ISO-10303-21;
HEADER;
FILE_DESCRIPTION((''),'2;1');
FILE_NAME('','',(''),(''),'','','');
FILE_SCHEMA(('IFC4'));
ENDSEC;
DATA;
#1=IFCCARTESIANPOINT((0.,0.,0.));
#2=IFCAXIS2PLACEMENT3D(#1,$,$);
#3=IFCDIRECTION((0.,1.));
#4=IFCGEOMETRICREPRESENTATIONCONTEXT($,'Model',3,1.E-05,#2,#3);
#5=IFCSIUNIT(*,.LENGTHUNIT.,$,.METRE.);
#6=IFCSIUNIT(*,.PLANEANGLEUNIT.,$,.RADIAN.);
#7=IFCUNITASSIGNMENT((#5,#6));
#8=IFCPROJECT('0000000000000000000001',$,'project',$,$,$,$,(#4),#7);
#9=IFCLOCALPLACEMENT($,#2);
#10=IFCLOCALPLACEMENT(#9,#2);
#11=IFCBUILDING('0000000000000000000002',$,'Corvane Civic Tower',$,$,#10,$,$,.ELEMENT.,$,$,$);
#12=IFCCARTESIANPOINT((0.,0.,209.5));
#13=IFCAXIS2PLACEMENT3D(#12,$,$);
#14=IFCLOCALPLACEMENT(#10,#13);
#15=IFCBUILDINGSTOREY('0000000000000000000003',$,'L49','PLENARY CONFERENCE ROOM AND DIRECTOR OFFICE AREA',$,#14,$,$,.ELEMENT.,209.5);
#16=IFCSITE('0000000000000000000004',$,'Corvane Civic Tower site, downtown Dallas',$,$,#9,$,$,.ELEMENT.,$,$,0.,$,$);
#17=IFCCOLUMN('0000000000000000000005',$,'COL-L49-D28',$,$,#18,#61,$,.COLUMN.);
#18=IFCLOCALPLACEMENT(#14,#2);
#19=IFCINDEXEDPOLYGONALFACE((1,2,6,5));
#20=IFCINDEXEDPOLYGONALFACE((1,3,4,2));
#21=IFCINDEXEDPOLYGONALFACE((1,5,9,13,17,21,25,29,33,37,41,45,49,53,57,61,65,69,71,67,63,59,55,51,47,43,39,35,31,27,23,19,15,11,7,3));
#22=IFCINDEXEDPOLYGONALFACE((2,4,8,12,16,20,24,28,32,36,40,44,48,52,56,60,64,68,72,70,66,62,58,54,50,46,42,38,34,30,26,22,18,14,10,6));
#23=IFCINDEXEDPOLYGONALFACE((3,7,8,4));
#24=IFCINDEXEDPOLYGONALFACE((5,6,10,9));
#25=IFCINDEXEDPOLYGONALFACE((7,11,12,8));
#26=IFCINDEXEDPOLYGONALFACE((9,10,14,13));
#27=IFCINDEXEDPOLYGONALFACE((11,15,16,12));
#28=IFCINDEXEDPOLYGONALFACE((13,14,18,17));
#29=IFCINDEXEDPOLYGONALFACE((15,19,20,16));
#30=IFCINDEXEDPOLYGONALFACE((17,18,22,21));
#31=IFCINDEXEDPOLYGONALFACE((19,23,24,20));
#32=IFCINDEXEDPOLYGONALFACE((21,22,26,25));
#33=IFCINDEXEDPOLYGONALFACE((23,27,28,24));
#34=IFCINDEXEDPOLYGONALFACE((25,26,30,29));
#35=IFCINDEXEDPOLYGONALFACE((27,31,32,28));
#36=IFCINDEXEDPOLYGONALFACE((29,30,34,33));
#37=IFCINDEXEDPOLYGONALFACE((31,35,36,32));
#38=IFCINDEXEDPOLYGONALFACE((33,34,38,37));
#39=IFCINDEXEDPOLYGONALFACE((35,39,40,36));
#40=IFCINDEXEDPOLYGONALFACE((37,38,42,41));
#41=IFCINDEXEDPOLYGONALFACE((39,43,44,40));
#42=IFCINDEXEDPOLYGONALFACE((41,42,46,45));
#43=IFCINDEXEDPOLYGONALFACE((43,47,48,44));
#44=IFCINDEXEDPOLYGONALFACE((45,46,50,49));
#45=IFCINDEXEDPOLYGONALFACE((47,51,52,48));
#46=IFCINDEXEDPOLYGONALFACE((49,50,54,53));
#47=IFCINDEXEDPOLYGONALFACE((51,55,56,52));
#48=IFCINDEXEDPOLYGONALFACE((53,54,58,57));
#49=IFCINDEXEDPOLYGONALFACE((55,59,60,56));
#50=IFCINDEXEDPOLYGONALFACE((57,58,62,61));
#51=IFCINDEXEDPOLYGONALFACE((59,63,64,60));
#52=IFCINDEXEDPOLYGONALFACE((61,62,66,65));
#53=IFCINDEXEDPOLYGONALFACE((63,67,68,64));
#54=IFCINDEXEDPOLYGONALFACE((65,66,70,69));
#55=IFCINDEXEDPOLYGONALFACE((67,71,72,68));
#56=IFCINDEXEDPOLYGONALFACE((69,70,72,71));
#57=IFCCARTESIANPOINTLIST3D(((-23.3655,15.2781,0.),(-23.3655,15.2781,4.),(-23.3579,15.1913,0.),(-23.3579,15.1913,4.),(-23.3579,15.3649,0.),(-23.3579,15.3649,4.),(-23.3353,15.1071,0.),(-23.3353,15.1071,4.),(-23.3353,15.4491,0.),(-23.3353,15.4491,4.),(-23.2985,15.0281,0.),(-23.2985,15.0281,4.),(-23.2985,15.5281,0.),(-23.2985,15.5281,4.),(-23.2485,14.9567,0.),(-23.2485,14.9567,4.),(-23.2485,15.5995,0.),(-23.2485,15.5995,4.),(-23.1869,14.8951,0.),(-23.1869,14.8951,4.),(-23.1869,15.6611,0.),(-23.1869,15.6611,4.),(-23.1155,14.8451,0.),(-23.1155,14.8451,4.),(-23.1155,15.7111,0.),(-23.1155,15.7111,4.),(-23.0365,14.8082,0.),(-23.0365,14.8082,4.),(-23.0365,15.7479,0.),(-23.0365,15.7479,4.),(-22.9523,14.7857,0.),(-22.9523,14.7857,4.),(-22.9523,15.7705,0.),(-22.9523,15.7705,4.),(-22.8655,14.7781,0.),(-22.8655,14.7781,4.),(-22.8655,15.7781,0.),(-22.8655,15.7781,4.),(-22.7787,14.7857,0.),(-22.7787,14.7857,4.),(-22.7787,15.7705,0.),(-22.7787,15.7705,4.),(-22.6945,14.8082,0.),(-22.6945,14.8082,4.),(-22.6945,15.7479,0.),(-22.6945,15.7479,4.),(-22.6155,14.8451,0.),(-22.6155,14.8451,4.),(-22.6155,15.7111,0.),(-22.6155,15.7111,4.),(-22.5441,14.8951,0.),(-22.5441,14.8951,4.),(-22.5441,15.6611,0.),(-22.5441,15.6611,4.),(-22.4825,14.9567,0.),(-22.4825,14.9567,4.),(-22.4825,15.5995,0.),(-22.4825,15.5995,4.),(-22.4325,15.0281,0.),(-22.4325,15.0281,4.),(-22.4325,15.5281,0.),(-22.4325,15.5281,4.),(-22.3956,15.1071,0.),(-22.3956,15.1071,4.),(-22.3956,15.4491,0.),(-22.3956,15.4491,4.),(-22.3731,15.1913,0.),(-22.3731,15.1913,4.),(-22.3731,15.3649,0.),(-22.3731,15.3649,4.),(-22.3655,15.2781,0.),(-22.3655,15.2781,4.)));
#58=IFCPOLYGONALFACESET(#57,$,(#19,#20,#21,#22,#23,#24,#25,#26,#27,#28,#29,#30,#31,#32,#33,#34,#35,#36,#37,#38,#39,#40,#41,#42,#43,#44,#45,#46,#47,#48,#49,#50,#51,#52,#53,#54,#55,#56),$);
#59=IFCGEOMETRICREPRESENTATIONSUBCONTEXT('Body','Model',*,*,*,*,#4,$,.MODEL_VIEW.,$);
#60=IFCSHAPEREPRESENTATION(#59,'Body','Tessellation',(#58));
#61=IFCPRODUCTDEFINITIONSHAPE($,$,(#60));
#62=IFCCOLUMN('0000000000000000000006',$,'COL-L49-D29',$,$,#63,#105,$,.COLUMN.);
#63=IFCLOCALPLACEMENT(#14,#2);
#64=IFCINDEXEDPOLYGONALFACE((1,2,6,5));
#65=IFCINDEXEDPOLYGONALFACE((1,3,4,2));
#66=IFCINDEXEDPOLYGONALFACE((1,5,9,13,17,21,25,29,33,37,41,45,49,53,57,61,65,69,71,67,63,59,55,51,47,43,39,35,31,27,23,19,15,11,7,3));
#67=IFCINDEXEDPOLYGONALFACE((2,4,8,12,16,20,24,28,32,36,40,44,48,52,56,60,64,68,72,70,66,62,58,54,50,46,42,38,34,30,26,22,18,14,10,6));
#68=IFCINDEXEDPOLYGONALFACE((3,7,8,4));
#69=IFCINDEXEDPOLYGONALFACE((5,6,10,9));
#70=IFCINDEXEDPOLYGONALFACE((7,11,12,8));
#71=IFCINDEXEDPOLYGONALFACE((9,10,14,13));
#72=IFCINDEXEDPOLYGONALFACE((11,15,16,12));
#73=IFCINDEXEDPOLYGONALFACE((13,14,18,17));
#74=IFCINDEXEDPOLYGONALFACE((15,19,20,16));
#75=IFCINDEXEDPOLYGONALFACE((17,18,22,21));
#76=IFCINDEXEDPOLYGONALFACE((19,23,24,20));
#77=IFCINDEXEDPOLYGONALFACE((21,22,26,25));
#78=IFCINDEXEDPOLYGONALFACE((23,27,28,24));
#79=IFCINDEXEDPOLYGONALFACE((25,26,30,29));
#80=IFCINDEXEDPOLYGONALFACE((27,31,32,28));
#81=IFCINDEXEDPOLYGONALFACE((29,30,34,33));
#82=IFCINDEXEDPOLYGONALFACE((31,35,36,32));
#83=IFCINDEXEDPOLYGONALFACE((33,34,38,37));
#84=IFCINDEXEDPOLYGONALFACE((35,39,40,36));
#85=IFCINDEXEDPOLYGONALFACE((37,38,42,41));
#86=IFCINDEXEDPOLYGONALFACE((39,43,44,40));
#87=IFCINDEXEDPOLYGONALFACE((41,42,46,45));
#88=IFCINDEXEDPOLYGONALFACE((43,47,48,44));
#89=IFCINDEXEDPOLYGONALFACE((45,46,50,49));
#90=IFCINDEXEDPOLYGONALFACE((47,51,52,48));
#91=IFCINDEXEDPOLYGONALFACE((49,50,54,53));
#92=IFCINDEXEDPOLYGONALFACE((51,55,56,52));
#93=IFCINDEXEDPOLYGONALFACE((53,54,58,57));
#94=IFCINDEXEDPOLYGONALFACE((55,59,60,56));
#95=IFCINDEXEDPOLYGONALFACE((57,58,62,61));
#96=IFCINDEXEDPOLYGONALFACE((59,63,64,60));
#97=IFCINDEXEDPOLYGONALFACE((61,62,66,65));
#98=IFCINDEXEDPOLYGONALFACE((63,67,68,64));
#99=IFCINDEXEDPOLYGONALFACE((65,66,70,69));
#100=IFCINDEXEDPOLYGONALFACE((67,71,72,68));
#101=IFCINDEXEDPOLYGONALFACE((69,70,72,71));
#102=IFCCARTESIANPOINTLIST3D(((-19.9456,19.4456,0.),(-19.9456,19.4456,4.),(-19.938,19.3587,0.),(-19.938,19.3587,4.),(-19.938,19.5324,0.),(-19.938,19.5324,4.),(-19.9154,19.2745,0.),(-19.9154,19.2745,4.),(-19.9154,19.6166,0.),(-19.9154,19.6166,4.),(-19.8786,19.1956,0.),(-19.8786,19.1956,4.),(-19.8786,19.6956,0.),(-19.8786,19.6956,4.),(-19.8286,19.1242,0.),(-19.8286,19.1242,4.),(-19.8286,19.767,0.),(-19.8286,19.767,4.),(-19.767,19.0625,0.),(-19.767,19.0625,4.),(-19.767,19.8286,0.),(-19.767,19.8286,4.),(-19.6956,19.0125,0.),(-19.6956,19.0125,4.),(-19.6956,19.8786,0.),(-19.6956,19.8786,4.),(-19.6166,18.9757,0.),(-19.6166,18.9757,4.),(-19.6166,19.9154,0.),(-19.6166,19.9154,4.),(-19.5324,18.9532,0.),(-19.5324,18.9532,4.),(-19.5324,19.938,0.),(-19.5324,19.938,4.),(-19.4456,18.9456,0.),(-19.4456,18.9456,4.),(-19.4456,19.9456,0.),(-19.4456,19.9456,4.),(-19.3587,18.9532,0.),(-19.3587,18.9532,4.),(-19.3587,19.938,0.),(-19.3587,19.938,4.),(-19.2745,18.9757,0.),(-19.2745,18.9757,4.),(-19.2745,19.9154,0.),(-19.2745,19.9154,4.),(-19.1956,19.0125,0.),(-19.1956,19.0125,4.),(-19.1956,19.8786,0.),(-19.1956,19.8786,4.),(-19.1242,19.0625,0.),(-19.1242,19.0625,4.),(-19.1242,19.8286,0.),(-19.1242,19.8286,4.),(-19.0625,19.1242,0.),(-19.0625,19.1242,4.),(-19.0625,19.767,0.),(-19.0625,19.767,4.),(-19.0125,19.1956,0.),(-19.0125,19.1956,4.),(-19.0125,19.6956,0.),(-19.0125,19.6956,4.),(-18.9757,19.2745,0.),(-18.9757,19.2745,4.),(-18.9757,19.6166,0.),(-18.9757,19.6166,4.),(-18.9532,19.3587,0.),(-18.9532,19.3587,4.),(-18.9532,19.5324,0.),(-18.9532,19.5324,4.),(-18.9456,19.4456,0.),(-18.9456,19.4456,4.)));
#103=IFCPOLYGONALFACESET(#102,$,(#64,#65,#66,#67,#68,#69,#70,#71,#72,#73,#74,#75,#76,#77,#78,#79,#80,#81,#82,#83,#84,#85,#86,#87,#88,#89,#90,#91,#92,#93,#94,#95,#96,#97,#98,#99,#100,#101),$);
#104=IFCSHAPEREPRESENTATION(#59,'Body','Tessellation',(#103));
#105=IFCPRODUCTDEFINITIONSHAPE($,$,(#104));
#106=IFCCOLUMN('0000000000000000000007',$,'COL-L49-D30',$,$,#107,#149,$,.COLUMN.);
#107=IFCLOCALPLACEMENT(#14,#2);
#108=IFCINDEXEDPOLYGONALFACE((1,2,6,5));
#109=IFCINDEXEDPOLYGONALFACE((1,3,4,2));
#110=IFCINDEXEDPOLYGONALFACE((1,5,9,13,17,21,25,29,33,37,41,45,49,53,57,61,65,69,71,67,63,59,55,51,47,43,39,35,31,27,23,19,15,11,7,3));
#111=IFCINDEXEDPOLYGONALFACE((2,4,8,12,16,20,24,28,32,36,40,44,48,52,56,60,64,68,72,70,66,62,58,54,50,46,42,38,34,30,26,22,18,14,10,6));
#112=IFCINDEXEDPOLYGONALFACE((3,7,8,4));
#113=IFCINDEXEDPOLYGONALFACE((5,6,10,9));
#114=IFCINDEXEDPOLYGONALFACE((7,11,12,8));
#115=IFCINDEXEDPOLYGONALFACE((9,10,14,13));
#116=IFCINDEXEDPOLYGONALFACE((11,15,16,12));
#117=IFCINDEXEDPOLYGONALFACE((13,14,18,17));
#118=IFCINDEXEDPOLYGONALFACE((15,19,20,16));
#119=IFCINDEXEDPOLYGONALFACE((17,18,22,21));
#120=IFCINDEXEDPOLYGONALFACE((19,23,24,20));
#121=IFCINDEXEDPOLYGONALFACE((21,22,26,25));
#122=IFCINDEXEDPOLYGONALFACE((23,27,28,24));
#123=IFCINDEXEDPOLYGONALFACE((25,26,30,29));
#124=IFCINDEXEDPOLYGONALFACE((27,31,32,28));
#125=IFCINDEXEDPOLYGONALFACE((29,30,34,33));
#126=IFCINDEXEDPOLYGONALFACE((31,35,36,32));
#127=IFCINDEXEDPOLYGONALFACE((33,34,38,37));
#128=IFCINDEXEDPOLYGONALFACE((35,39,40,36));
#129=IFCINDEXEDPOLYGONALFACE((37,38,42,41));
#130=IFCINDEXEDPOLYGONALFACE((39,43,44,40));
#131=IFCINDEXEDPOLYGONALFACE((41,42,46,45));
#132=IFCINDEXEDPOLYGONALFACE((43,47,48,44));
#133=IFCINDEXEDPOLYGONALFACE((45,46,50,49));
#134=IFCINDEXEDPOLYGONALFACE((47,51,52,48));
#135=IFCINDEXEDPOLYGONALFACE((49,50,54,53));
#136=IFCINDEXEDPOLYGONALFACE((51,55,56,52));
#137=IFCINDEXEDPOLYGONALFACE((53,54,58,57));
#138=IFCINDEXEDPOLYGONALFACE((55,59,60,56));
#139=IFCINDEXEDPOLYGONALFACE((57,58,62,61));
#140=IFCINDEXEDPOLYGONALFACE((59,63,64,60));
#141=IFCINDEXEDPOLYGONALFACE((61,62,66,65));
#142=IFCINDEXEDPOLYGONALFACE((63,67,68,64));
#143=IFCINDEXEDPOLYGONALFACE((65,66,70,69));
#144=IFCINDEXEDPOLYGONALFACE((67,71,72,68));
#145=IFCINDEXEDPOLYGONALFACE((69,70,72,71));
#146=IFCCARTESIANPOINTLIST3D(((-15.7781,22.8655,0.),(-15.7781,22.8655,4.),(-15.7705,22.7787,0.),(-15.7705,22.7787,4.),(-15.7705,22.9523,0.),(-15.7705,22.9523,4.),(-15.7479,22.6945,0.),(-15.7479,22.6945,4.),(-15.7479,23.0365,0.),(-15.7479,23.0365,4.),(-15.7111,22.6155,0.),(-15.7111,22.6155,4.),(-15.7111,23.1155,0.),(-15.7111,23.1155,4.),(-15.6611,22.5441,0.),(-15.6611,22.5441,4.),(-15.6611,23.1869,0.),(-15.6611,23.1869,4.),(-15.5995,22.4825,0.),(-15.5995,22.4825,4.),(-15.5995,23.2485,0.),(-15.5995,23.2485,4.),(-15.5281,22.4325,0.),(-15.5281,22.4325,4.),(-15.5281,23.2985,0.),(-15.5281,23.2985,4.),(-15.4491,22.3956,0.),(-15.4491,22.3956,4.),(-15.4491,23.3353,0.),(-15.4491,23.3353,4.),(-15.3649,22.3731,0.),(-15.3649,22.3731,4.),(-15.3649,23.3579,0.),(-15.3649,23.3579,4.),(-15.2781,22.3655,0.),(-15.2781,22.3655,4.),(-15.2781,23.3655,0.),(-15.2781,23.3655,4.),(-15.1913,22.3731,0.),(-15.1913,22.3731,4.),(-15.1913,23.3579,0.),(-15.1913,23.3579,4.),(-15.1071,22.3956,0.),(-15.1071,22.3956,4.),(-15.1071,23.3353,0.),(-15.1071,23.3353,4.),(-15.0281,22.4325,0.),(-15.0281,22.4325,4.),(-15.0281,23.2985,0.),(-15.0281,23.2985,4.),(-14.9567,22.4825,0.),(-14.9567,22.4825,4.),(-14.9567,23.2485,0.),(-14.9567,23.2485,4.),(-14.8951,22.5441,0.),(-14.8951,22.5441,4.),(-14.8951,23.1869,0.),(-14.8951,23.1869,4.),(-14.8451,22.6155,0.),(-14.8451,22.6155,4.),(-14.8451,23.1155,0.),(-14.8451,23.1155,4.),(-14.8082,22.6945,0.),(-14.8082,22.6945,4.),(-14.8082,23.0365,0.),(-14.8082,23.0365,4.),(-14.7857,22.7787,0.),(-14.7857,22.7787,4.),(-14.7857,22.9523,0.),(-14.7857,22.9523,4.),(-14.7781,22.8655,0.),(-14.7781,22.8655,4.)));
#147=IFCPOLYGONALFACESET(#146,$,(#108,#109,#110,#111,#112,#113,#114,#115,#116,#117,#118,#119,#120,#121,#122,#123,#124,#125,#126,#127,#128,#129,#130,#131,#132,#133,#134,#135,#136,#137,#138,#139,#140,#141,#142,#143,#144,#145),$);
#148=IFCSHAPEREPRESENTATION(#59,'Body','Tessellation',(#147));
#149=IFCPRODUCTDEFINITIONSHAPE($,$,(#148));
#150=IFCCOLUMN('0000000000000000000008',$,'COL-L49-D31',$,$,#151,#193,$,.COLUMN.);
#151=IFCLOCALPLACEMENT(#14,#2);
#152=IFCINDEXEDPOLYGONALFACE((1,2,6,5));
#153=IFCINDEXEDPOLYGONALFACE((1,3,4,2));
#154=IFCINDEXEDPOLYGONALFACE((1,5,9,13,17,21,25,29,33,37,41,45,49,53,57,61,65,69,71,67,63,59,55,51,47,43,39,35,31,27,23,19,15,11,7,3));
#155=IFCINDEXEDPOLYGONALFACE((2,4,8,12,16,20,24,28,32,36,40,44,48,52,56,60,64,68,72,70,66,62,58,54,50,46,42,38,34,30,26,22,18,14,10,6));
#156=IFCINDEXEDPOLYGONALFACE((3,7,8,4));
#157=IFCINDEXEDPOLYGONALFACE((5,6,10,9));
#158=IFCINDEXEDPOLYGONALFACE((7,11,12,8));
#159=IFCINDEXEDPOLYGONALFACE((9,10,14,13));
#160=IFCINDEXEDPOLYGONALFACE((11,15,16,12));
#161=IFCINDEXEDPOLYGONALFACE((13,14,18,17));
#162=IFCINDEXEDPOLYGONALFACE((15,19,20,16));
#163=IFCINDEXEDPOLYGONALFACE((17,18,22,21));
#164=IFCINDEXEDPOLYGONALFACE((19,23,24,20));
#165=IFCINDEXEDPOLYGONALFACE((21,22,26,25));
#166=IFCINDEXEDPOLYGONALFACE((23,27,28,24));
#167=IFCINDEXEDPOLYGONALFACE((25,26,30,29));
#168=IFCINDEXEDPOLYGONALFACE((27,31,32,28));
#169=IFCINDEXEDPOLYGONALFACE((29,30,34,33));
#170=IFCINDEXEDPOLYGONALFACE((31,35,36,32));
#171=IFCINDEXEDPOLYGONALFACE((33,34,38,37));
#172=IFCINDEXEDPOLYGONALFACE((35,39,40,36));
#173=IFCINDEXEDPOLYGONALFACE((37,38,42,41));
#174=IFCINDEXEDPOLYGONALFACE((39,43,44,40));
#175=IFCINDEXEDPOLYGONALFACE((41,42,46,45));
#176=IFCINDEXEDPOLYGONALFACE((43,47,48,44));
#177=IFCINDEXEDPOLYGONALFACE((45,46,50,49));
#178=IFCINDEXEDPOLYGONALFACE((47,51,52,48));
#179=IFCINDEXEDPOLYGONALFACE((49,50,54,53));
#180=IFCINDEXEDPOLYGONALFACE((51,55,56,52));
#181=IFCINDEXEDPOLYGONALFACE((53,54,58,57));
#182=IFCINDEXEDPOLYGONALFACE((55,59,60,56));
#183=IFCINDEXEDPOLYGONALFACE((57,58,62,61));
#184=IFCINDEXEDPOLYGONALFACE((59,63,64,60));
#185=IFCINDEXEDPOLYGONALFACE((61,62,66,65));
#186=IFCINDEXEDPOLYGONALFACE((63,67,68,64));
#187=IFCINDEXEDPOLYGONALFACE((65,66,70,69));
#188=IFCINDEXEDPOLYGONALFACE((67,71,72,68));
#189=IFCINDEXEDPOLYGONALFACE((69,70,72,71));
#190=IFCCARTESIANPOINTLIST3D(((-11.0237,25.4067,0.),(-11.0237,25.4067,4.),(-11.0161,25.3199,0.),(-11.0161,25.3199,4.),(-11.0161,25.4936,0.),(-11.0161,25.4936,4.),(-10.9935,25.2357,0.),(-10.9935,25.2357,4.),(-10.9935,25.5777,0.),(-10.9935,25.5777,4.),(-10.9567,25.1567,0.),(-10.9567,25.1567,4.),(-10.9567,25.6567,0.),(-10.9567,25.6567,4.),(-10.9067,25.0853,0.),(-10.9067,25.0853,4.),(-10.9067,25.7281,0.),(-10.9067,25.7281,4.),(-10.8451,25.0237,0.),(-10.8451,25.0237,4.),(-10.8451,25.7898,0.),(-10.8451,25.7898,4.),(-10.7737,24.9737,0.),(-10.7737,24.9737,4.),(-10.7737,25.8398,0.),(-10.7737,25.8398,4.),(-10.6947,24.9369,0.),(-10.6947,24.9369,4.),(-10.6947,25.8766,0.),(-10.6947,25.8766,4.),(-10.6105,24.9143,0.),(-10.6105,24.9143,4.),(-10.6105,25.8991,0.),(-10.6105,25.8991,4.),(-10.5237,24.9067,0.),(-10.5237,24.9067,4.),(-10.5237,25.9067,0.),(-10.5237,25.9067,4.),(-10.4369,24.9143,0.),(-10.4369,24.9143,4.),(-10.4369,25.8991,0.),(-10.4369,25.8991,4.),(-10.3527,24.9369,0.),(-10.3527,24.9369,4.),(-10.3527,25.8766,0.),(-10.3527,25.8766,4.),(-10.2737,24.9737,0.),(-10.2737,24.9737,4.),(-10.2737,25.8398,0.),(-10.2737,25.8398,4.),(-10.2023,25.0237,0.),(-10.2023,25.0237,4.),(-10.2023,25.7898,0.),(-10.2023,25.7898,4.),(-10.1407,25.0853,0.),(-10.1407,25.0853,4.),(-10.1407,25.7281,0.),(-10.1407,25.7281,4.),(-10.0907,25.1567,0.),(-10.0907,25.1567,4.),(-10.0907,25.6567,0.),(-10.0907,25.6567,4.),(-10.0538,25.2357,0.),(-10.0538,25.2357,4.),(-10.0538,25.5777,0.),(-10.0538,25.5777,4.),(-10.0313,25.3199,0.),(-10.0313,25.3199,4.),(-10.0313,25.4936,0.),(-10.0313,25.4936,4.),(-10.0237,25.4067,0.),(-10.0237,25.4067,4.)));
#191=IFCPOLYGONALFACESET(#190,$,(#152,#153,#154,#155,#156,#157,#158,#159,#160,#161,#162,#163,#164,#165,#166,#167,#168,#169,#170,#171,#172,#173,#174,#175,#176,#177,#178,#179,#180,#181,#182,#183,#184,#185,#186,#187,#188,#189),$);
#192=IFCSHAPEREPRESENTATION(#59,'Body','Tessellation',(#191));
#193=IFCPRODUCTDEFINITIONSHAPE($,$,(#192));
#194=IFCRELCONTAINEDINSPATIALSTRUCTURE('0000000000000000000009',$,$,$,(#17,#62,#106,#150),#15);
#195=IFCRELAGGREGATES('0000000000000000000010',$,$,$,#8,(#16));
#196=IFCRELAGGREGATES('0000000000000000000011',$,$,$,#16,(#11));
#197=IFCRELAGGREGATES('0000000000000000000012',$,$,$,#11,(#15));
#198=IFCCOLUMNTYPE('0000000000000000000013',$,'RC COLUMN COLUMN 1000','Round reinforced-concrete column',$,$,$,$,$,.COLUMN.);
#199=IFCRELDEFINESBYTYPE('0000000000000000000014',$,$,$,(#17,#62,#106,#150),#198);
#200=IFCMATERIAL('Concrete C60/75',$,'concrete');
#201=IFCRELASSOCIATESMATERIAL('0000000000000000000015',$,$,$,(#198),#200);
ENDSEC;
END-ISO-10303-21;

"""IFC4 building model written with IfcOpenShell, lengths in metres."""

from ifc_helpers import new_model, si_unit, direction, frame, origin, origin_2d, place, context, subcontext, project, spatial, circle, extrude, material, material_profile, profile_set, type_object, element, save


model = new_model("IFC4")

# Units and contexts
model_context = context("Model", 3, precision=1e-05, world=origin(), true_north=direction((0.0, 1.0)))
body_context = subcontext(model_context, "Body", "Model", "MODEL_VIEW")
ifc_project = project(units=[si_unit("LENGTHUNIT", "METRE"), si_unit("PLANEANGLEUNIT", "RADIAN")], contexts=[model_context])

# Site, building, storey
site_placement = place(None, origin())
site = spatial("IfcSite", under=ifc_project, at=site_placement, Name="Corvane Civic Tower site, downtown Dallas", CompositionType="ELEMENT", RefElevation=0.0)
building_placement = place(site_placement, origin())
building = spatial("IfcBuilding", under=site, at=building_placement, Name="Corvane Civic Tower", CompositionType="ELEMENT")
storey_placement = place(building_placement, frame((0.0, 0.0, 209.5)))
storey = spatial("IfcBuildingStorey", under=building, at=storey_placement, Name="L49", Description="PLENARY CONFERENCE ROOM AND DIRECTOR OFFICE AREA", CompositionType="ELEMENT", Elevation=209.5)

# Columns
ifc_material_1 = material(Name="Concrete C60/75", Category="concrete")
ifc_material_profile_1 = material_profile(ifc_material_1, circle(Radius=0.5, at=origin_2d()), Name="COLUMN 1000")
ifc_profile_set_1 = profile_set([ifc_material_profile_1], Name="Concrete C60/75")
column_type = type_object("IfcColumnType", Name="RC COLUMN COLUMN 1000", Description="Round reinforced-concrete column", PredefinedType="COLUMN", material=ifc_profile_set_1)
for number, where, z_axis, x_axis, name in (
    (1, (-22.8655, 15.2781, 0.0), (0.0, 0.0, 1.0), (1.0, 0.0, 0.0), "COL-L49-D28"),
    (2, (-19.4456, 19.4456, 0.0), (0.0, 0.0, 1.0), (1.0, 0.0, 0.0), "COL-L49-D29"),
    (3, (-15.2781, 22.8655, 0.0), (0.0, 0.0, 1.0), (1.0, 0.0, 0.0), "COL-L49-D30"),
    (4, (-10.5237, 25.4067, 0.0), (0.0, 0.0, 1.0), (1.0, 0.0, 0.0), "COL-L49-D31"),
):
    element("IfcColumn", number, at=place(storey_placement, frame(where, z_axis=z_axis, x_axis=x_axis)), inside=storey, type_object=column_type, Name=name, PredefinedType="COLUMN", context=body_context, shape_type="SweptSolid", body=[
        extrude(circle(Radius=0.5, at=origin_2d()), origin(), (0.0, 0.0, 1.0), 4.0),
    ])

save(model, "model.ifc")
